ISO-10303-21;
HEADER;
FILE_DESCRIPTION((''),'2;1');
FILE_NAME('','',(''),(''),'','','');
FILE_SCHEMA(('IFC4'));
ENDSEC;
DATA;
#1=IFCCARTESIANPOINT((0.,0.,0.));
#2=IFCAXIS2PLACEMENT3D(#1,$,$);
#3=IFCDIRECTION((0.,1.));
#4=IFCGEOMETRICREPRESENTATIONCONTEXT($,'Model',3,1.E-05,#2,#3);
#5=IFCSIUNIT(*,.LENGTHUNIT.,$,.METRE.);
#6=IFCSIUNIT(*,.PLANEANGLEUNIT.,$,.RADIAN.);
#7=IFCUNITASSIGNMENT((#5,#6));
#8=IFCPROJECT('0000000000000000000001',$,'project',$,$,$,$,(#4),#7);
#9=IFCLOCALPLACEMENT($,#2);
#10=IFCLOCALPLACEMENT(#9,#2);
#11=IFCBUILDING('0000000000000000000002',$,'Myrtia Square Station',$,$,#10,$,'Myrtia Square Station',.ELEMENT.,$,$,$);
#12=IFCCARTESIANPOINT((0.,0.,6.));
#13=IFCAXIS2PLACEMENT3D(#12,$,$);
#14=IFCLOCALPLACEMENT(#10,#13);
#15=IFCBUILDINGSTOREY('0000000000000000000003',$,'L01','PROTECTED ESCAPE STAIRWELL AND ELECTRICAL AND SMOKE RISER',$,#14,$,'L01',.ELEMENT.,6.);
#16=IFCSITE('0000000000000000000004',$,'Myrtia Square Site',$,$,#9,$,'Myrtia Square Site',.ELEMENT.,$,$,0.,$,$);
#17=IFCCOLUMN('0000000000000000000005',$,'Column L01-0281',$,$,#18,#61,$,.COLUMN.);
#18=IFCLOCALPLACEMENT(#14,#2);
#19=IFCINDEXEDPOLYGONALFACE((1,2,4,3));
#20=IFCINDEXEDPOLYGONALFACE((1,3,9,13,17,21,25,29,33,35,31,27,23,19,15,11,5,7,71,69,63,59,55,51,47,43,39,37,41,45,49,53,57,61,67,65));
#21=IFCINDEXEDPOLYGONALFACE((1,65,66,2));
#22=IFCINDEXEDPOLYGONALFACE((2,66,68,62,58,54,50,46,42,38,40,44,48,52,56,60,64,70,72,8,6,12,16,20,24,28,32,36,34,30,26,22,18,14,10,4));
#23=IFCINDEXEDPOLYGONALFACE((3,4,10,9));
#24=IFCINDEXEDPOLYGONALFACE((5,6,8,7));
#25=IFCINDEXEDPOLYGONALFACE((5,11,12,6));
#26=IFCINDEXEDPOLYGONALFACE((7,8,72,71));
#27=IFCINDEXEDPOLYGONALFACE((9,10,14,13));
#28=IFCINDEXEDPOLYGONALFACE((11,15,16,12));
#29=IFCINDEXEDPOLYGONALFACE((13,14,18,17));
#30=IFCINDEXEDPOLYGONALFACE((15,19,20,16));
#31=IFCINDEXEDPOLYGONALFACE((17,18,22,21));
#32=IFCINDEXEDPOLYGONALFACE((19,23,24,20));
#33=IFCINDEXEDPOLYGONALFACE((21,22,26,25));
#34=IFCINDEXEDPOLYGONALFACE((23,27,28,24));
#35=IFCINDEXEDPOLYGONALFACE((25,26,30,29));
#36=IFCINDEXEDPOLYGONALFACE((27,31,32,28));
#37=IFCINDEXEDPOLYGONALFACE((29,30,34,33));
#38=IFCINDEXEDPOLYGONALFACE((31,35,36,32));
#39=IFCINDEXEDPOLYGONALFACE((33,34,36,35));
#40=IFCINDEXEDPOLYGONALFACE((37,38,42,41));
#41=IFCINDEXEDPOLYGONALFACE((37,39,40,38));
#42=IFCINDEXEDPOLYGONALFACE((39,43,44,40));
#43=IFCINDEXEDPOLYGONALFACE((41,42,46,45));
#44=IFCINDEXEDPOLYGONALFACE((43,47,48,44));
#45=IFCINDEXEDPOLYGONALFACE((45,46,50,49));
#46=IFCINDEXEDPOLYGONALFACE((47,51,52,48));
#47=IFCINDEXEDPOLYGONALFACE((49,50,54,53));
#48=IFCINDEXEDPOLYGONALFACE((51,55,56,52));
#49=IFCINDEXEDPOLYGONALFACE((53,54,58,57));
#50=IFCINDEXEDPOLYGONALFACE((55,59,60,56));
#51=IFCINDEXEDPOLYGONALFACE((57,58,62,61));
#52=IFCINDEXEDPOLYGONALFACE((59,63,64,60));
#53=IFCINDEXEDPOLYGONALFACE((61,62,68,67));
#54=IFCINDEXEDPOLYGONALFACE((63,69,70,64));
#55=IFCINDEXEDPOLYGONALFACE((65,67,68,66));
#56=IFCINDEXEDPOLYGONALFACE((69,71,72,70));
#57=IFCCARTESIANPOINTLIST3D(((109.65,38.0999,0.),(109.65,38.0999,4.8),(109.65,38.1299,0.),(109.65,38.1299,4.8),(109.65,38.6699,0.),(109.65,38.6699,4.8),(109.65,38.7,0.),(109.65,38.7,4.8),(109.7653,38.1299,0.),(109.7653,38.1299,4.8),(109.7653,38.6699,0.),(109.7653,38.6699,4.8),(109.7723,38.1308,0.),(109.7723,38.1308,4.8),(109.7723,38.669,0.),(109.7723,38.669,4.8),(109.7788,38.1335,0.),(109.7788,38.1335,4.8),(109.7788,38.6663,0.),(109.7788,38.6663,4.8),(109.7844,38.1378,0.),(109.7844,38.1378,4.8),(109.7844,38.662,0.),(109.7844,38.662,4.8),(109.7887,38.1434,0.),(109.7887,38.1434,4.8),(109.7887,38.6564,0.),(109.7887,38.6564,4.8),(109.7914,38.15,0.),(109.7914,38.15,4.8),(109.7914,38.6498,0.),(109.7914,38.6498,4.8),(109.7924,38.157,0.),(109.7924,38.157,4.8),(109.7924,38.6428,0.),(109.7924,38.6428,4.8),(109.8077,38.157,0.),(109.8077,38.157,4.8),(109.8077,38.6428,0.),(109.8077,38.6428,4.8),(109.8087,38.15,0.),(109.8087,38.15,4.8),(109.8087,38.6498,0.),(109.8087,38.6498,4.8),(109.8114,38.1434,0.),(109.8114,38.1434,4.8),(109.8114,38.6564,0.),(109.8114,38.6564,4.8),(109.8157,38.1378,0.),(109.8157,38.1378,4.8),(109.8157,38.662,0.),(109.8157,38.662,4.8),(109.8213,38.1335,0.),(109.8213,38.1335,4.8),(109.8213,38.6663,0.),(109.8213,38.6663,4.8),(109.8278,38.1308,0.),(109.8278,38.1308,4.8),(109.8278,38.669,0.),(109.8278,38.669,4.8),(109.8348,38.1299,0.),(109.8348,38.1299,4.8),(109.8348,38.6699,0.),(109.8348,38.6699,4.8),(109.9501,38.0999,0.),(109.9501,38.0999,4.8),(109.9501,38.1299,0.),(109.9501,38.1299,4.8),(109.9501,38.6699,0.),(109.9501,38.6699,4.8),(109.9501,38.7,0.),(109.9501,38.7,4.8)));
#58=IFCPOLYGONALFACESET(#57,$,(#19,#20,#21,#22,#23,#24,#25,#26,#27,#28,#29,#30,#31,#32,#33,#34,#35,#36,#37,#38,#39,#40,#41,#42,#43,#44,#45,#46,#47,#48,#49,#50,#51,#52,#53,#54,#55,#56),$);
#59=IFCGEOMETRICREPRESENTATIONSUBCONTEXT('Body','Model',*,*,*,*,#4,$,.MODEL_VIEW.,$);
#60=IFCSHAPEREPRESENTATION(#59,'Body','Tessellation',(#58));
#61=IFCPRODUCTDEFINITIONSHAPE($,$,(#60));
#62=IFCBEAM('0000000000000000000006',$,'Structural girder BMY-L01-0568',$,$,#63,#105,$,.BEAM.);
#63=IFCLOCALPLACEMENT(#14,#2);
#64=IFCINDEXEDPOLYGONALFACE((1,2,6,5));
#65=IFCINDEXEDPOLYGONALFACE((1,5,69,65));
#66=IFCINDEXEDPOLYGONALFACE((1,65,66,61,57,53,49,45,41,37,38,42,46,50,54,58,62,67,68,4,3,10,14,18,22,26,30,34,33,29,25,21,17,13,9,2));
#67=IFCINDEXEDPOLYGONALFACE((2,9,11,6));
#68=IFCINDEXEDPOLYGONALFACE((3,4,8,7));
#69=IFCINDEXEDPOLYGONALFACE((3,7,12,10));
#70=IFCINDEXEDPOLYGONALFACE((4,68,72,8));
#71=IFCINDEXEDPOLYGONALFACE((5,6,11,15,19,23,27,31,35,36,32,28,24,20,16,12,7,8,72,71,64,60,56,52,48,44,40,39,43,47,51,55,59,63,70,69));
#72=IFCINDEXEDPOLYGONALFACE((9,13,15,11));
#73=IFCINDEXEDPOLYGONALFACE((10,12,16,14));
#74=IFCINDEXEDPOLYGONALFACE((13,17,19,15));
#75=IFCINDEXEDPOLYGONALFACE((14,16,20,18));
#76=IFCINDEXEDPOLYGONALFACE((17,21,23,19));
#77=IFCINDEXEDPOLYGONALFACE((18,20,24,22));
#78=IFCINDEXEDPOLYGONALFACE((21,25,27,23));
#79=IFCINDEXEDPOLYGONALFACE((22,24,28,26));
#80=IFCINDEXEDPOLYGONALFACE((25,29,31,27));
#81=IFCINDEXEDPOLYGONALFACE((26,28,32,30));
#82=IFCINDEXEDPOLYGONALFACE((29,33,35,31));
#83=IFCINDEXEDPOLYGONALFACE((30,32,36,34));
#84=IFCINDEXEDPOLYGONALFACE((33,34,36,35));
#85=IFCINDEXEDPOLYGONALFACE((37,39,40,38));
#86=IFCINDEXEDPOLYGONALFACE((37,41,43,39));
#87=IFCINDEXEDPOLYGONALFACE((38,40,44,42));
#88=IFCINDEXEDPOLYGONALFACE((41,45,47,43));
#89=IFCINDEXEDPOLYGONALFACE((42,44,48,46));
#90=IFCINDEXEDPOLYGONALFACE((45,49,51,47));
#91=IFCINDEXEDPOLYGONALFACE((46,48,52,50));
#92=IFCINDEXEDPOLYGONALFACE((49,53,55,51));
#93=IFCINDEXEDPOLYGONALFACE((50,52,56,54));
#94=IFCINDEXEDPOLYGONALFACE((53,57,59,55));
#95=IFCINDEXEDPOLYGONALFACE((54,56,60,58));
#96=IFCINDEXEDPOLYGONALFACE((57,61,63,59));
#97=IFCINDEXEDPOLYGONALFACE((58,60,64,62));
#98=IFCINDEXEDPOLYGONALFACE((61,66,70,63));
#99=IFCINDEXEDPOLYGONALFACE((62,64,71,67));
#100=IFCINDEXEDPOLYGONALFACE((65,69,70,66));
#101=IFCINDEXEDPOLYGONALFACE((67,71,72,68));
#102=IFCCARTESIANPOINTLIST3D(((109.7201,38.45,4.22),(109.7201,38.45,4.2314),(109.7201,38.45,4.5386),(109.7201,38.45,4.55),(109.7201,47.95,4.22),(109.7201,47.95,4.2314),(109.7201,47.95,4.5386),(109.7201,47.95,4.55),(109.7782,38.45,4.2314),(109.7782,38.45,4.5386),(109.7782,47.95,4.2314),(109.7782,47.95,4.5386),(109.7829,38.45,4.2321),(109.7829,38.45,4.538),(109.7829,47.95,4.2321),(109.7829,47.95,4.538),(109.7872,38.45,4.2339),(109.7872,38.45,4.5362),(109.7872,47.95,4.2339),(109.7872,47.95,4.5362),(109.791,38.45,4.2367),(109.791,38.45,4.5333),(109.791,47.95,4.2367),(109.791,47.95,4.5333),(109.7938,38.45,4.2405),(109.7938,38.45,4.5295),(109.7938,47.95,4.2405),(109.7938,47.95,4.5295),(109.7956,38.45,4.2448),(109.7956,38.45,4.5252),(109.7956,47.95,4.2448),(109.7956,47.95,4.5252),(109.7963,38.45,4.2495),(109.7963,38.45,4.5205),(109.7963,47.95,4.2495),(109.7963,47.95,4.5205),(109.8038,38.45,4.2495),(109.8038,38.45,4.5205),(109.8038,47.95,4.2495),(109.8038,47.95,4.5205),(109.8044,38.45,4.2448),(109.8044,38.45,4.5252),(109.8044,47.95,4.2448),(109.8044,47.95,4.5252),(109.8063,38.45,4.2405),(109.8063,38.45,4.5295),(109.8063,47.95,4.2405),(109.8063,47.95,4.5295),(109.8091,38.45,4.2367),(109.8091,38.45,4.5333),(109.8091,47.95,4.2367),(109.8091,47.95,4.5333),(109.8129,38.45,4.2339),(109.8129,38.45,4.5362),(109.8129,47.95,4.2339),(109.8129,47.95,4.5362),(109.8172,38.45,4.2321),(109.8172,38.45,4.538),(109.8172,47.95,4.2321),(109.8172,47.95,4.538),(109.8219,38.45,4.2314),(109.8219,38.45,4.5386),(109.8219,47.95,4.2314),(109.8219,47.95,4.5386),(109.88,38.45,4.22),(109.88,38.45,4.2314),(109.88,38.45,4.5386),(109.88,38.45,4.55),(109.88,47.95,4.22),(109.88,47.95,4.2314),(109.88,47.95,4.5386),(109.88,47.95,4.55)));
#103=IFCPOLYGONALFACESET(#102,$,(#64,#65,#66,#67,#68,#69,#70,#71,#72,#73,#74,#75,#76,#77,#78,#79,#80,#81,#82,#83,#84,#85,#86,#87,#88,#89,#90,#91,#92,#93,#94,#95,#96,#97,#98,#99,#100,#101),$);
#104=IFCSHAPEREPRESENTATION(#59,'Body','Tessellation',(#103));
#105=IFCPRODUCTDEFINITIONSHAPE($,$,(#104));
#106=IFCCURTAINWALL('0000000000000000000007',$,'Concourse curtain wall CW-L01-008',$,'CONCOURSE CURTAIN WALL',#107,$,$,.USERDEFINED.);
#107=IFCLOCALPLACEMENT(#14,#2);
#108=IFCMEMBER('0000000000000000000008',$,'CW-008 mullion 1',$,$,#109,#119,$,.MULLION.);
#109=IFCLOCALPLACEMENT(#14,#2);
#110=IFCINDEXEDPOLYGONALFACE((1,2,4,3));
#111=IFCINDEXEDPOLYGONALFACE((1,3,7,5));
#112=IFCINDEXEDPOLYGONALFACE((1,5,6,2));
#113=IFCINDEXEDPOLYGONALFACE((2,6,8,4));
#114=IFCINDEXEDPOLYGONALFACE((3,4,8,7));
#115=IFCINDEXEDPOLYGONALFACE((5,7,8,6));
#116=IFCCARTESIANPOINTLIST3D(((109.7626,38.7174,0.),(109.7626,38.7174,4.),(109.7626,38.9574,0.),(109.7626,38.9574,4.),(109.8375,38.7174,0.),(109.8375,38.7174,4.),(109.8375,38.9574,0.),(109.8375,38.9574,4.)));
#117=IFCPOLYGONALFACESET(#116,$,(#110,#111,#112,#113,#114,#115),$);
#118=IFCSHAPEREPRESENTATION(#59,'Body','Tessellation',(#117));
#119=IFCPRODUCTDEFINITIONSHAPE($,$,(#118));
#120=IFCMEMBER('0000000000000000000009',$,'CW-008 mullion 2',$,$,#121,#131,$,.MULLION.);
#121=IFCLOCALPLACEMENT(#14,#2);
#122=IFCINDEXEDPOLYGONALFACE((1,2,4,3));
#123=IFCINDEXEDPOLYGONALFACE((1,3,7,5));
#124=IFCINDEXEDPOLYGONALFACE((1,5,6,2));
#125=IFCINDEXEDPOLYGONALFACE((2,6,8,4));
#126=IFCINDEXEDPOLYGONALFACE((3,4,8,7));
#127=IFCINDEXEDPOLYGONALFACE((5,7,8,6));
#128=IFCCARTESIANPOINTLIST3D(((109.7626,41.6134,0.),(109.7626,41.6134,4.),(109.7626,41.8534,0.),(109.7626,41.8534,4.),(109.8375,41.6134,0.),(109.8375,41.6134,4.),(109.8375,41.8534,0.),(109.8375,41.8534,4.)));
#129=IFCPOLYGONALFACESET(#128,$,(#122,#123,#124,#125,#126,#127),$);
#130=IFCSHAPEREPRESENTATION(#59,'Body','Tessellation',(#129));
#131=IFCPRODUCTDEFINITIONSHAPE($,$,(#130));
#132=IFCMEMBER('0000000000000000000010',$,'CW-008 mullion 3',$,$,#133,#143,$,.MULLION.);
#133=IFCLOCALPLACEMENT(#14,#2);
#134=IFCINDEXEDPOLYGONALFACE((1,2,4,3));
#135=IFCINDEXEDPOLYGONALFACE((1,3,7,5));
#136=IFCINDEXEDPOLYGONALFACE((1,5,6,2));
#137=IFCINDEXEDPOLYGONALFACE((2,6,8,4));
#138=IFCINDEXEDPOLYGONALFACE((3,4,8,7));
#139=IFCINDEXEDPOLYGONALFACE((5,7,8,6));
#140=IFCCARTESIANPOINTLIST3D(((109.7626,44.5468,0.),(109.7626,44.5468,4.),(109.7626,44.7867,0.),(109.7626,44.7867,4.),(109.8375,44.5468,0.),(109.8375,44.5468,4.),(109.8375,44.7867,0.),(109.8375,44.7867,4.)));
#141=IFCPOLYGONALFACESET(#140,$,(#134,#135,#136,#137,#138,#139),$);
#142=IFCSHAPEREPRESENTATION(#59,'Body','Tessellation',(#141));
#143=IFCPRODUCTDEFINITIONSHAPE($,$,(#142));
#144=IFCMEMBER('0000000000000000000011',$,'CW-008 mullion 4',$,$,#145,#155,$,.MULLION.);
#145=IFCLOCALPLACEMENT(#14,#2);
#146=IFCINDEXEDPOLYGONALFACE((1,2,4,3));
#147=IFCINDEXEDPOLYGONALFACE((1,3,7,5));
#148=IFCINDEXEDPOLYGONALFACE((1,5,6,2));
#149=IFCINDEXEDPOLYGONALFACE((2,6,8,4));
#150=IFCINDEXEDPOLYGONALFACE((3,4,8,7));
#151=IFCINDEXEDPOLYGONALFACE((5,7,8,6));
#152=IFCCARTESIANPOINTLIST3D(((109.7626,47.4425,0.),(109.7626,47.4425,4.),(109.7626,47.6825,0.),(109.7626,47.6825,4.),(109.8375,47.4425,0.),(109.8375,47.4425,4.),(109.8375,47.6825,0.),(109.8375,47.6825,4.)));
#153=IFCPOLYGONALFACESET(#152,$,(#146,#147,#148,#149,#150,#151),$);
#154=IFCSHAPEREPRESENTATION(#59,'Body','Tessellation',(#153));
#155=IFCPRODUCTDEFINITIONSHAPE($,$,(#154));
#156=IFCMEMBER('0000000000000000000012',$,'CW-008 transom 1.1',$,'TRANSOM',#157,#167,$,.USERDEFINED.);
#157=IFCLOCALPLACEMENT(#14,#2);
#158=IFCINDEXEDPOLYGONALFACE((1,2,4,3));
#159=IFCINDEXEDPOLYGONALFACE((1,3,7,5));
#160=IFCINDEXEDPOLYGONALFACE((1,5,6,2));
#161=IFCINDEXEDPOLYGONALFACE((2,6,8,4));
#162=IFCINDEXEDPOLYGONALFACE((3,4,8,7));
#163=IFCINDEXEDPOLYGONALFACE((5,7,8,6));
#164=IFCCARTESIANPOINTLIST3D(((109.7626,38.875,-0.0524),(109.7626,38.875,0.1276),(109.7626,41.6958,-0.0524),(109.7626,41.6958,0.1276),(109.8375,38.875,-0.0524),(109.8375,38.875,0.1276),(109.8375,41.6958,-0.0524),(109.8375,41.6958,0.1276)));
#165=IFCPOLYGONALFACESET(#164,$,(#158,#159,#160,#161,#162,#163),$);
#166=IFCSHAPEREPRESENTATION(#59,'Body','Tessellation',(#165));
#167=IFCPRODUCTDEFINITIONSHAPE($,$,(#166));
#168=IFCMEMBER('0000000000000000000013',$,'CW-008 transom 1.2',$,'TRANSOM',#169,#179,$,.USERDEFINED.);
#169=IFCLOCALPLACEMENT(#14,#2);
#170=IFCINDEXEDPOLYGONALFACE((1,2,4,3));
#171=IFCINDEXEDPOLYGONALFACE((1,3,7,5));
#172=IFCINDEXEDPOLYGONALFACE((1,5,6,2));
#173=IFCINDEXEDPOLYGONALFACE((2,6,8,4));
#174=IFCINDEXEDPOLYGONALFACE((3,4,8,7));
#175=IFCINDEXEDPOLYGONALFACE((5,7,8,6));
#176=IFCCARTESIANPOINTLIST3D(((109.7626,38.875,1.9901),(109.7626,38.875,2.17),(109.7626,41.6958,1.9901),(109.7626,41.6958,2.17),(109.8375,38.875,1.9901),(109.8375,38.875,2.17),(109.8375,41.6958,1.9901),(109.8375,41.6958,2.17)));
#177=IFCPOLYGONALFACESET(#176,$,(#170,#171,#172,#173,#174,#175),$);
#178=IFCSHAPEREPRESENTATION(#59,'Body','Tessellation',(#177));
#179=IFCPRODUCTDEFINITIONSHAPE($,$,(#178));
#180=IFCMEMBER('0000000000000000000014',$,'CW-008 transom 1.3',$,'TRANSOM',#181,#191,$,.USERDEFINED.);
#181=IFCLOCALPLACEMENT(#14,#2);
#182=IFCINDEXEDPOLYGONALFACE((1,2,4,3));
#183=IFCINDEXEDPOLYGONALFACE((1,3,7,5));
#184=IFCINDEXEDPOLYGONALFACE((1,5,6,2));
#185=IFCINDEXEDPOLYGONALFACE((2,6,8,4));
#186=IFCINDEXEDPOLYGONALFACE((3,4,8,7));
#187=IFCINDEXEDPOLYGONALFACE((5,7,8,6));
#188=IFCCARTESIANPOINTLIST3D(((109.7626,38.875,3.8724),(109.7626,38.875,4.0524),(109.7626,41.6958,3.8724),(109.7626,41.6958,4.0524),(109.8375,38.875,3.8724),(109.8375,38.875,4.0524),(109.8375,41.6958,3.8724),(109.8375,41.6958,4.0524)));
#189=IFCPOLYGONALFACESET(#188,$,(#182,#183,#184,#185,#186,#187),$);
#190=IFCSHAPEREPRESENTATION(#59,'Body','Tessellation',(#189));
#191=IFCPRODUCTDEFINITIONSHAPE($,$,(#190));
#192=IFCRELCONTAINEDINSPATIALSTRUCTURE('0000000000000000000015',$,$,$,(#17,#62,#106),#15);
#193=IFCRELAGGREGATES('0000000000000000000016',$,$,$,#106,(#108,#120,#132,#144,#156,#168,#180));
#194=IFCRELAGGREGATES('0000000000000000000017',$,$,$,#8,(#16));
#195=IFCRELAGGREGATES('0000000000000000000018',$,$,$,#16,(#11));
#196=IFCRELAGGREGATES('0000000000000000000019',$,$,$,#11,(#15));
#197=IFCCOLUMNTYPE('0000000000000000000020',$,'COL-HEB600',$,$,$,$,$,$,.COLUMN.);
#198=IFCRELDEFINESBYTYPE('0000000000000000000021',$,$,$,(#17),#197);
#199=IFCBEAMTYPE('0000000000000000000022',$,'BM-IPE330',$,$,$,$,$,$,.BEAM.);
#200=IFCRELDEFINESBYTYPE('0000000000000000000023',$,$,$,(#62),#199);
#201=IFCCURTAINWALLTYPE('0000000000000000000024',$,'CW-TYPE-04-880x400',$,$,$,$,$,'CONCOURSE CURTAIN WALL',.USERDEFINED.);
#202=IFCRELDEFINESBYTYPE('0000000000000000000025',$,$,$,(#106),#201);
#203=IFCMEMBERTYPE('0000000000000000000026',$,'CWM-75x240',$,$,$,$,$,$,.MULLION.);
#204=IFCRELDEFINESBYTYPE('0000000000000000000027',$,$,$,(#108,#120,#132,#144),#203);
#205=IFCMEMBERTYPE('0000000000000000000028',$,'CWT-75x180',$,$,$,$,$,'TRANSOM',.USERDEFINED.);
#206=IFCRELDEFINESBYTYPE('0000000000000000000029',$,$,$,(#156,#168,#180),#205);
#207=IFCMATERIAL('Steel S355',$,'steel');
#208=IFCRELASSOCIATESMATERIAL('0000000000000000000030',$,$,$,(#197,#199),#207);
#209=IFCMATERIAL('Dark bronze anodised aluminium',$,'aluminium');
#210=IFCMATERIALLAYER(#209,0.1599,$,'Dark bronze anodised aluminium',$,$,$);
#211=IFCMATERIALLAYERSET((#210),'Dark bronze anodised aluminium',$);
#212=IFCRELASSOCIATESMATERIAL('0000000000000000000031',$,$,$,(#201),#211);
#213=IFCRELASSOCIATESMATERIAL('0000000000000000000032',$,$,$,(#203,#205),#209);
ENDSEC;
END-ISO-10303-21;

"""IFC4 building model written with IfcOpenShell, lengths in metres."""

from ifc_helpers import new_model, si_unit, direction, frame, origin, origin_2d, place, context, subcontext, project, spatial, rectangle, i_section, extrude, material, layer, layer_set, material_profile, profile_set, type_object, element, aggregate, save


model = new_model("IFC4")

# Units and contexts
model_context = context("Model", 3, precision=1e-05, world=origin(), true_north=direction((0.0, 1.0)))
body_context = subcontext(model_context, "Body", "Model", "MODEL_VIEW")
ifc_project = project(units=[si_unit("LENGTHUNIT", "METRE"), si_unit("PLANEANGLEUNIT", "RADIAN")], contexts=[model_context])

# Site, building, storey
site_placement = place(None, origin())
site = spatial("IfcSite", under=ifc_project, at=site_placement, Name="Myrtia Square Site", LongName="Myrtia Square Site", CompositionType="ELEMENT", RefElevation=0.0)
building_placement = place(site_placement, origin())
building = spatial("IfcBuilding", under=site, at=building_placement, Name="Myrtia Square Station", LongName="Myrtia Square Station", CompositionType="ELEMENT")
storey_placement = place(building_placement, frame((0.0, 0.0, 6.0)))
storey = spatial("IfcBuildingStorey", under=building, at=storey_placement, Name="L01", Description="PROTECTED ESCAPE STAIRWELL AND ELECTRICAL AND SMOKE RISER", LongName="L01", CompositionType="ELEMENT", Elevation=6.0)

# Column
ifc_material_1 = material(Name="Steel S355", Category="steel")
ifc_material_profile_1 = material_profile(ifc_material_1, i_section(OverallWidth=0.3, OverallDepth=0.6001, WebThickness=0.0154, FlangeThickness=0.03, FilletRadius=0.0271, at=origin_2d()), Name="HEB 600")
ifc_profile_set_1 = profile_set([ifc_material_profile_1], Name="Steel S355")
column_type = type_object("IfcColumnType", Name="COL-HEB600", PredefinedType="COLUMN", material=ifc_profile_set_1)
column_placement = place(storey_placement, frame((109.8, 38.3999, 0.0), z_axis=(0.0, 0.0, 1.0), x_axis=(1.0, 0.0, 0.0)))
element("IfcColumn", 1, at=column_placement, inside=storey, type_object=column_type, Name="Column L01-0281", PredefinedType="COLUMN", context=body_context, shape_type="SweptSolid", body=[
    extrude(i_section(OverallWidth=0.3, OverallDepth=0.6001, WebThickness=0.0154, FlangeThickness=0.03, FilletRadius=0.0271, at=origin_2d()), origin(), (0.0, 0.0, 1.0), 4.8),
])

# Beam
ifc_material_profile_2 = material_profile(ifc_material_1, i_section(OverallWidth=0.1599, OverallDepth=0.3301, WebThickness=0.0076, FlangeThickness=0.0115, FilletRadius=0.0181, at=origin_2d()), Name="IPE 330")
ifc_profile_set_2 = profile_set([ifc_material_profile_2], Name="Steel S355")
beam_type = type_object("IfcBeamType", Name="BM-IPE330", PredefinedType="BEAM", material=ifc_profile_set_2)
beam_placement = place(storey_placement, frame((109.8, 38.45, 4.385), z_axis=(0.0, 1.0, 0.0), x_axis=(-1.0, 0.0, 0.0)))
element("IfcBeam", 2, at=beam_placement, inside=storey, type_object=beam_type, Name="Structural girder BMY-L01-0568", PredefinedType="BEAM", context=body_context, shape_type="SweptSolid", body=[
    extrude(i_section(OverallWidth=0.1599, OverallDepth=0.3301, WebThickness=0.0076, FlangeThickness=0.0115, FilletRadius=0.0181, at=origin_2d()), origin(), (0.0, 0.0, 1.0), 9.5),
])

# Curtain wall, members
ifc_material_2 = material(Name="Dark bronze anodised aluminium", Category="aluminium")
ifc_layer_1 = layer(ifc_material_2, 0.1599, Name="Dark bronze anodised aluminium")
ifc_layer_set_1 = layer_set([ifc_layer_1], Name="Dark bronze anodised aluminium")
curtain_wall_type = type_object("IfcCurtainWallType", Name="CW-TYPE-04-880x400", ElementType="CONCOURSE CURTAIN WALL", PredefinedType="USERDEFINED", material=ifc_layer_set_1)
curtain_wall_placement = place(storey_placement, origin())
curtain_wall = element("IfcCurtainWall", 3, at=curtain_wall_placement, inside=storey, type_object=curtain_wall_type, Name="Concourse curtain wall CW-L01-008", ObjectType="CONCOURSE CURTAIN WALL", PredefinedType="USERDEFINED")
ifc_material_profile_3 = material_profile(ifc_material_2, rectangle(XDim=0.075, YDim=0.24, at=origin_2d()), Name="ALU-M 75x240")
ifc_profile_set_3 = profile_set([ifc_material_profile_3], Name="Dark bronze anodised aluminium")
member_type_1 = type_object("IfcMemberType", Name="CWM-75x240", PredefinedType="MULLION", material=ifc_profile_set_3)
member_1_placement = place(storey_placement, frame((109.8, 38.8374, 0.0), z_axis=(0.0, 0.0, 1.0), x_axis=(-1.0, 0.0, 0.0)))
member_1 = element("IfcMember", 4, at=member_1_placement, type_object=member_type_1, Name="CW-008 mullion 1", PredefinedType="MULLION", context=body_context, shape_type="SweptSolid", body=[
    extrude(rectangle(XDim=0.075, YDim=0.24, at=origin_2d()), origin(), (0.0, 0.0, 1.0), 4.0),
])
member_2_placement = place(storey_placement, frame((109.8, 41.7334, 0.0), z_axis=(0.0, 0.0, 1.0), x_axis=(-1.0, 0.0, 0.0)))
member_2 = element("IfcMember", 5, at=member_2_placement, type_object=member_type_1, Name="CW-008 mullion 2", PredefinedType="MULLION", context=body_context, shape_type="SweptSolid", body=[
    extrude(rectangle(XDim=0.075, YDim=0.24, at=origin_2d()), origin(), (0.0, 0.0, 1.0), 4.0),
])
member_3_placement = place(storey_placement, frame((109.8, 44.6667, 0.0), z_axis=(0.0, 0.0, 1.0), x_axis=(-1.0, 0.0, 0.0)))
member_3 = element("IfcMember", 6, at=member_3_placement, type_object=member_type_1, Name="CW-008 mullion 3", PredefinedType="MULLION", context=body_context, shape_type="SweptSolid", body=[
    extrude(rectangle(XDim=0.075, YDim=0.24, at=origin_2d()), origin(), (0.0, 0.0, 1.0), 4.0),
])
member_4_placement = place(storey_placement, frame((109.8, 47.5625, 0.0), z_axis=(0.0, 0.0, 1.0), x_axis=(-1.0, 0.0, 0.0)))
member_4 = element("IfcMember", 7, at=member_4_placement, type_object=member_type_1, Name="CW-008 mullion 4", PredefinedType="MULLION", context=body_context, shape_type="SweptSolid", body=[
    extrude(rectangle(XDim=0.075, YDim=0.24, at=origin_2d()), origin(), (0.0, 0.0, 1.0), 4.0),
])
ifc_material_profile_4 = material_profile(ifc_material_2, rectangle(XDim=0.075, YDim=0.1799, at=origin_2d()), Name="ALU-T 75x180")
ifc_profile_set_4 = profile_set([ifc_material_profile_4], Name="Dark bronze anodised aluminium")
member_type_2 = type_object("IfcMemberType", Name="CWT-75x180", ElementType="TRANSOM", PredefinedType="USERDEFINED", material=ifc_profile_set_4)
member_5_placement = place(storey_placement, frame((109.8, 38.875, 0.0376), z_axis=(0.0, 1.0, 0.0), x_axis=(-1.0, 0.0, 0.0)))
member_5 = element("IfcMember", 8, at=member_5_placement, type_object=member_type_2, Name="CW-008 transom 1.1", ObjectType="TRANSOM", PredefinedType="USERDEFINED", context=body_context, shape_type="SweptSolid", body=[
    extrude(rectangle(XDim=0.075, YDim=0.1799, at=origin_2d()), origin(), (0.0, 0.0, 1.0), 2.8208),
])
member_6_placement = place(storey_placement, frame((109.8, 38.875, 2.0801), z_axis=(0.0, 1.0, 0.0), x_axis=(-1.0, 0.0, 0.0)))
member_6 = element("IfcMember", 9, at=member_6_placement, type_object=member_type_2, Name="CW-008 transom 1.2", ObjectType="TRANSOM", PredefinedType="USERDEFINED", context=body_context, shape_type="SweptSolid", body=[
    extrude(rectangle(XDim=0.075, YDim=0.1799, at=origin_2d()), origin(), (0.0, 0.0, 1.0), 2.8208),
])
member_7_placement = place(storey_placement, frame((109.8, 38.875, 3.9624), z_axis=(0.0, 1.0, 0.0), x_axis=(-1.0, 0.0, 0.0)))
member_7 = element("IfcMember", 10, at=member_7_placement, type_object=member_type_2, Name="CW-008 transom 1.3", ObjectType="TRANSOM", PredefinedType="USERDEFINED", context=body_context, shape_type="SweptSolid", body=[
    extrude(rectangle(XDim=0.075, YDim=0.1799, at=origin_2d()), origin(), (0.0, 0.0, 1.0), 2.8208),
])
aggregate(curtain_wall, [member_1, member_2, member_3, member_4, member_5, member_6, member_7])

save(model, "model.ifc")
